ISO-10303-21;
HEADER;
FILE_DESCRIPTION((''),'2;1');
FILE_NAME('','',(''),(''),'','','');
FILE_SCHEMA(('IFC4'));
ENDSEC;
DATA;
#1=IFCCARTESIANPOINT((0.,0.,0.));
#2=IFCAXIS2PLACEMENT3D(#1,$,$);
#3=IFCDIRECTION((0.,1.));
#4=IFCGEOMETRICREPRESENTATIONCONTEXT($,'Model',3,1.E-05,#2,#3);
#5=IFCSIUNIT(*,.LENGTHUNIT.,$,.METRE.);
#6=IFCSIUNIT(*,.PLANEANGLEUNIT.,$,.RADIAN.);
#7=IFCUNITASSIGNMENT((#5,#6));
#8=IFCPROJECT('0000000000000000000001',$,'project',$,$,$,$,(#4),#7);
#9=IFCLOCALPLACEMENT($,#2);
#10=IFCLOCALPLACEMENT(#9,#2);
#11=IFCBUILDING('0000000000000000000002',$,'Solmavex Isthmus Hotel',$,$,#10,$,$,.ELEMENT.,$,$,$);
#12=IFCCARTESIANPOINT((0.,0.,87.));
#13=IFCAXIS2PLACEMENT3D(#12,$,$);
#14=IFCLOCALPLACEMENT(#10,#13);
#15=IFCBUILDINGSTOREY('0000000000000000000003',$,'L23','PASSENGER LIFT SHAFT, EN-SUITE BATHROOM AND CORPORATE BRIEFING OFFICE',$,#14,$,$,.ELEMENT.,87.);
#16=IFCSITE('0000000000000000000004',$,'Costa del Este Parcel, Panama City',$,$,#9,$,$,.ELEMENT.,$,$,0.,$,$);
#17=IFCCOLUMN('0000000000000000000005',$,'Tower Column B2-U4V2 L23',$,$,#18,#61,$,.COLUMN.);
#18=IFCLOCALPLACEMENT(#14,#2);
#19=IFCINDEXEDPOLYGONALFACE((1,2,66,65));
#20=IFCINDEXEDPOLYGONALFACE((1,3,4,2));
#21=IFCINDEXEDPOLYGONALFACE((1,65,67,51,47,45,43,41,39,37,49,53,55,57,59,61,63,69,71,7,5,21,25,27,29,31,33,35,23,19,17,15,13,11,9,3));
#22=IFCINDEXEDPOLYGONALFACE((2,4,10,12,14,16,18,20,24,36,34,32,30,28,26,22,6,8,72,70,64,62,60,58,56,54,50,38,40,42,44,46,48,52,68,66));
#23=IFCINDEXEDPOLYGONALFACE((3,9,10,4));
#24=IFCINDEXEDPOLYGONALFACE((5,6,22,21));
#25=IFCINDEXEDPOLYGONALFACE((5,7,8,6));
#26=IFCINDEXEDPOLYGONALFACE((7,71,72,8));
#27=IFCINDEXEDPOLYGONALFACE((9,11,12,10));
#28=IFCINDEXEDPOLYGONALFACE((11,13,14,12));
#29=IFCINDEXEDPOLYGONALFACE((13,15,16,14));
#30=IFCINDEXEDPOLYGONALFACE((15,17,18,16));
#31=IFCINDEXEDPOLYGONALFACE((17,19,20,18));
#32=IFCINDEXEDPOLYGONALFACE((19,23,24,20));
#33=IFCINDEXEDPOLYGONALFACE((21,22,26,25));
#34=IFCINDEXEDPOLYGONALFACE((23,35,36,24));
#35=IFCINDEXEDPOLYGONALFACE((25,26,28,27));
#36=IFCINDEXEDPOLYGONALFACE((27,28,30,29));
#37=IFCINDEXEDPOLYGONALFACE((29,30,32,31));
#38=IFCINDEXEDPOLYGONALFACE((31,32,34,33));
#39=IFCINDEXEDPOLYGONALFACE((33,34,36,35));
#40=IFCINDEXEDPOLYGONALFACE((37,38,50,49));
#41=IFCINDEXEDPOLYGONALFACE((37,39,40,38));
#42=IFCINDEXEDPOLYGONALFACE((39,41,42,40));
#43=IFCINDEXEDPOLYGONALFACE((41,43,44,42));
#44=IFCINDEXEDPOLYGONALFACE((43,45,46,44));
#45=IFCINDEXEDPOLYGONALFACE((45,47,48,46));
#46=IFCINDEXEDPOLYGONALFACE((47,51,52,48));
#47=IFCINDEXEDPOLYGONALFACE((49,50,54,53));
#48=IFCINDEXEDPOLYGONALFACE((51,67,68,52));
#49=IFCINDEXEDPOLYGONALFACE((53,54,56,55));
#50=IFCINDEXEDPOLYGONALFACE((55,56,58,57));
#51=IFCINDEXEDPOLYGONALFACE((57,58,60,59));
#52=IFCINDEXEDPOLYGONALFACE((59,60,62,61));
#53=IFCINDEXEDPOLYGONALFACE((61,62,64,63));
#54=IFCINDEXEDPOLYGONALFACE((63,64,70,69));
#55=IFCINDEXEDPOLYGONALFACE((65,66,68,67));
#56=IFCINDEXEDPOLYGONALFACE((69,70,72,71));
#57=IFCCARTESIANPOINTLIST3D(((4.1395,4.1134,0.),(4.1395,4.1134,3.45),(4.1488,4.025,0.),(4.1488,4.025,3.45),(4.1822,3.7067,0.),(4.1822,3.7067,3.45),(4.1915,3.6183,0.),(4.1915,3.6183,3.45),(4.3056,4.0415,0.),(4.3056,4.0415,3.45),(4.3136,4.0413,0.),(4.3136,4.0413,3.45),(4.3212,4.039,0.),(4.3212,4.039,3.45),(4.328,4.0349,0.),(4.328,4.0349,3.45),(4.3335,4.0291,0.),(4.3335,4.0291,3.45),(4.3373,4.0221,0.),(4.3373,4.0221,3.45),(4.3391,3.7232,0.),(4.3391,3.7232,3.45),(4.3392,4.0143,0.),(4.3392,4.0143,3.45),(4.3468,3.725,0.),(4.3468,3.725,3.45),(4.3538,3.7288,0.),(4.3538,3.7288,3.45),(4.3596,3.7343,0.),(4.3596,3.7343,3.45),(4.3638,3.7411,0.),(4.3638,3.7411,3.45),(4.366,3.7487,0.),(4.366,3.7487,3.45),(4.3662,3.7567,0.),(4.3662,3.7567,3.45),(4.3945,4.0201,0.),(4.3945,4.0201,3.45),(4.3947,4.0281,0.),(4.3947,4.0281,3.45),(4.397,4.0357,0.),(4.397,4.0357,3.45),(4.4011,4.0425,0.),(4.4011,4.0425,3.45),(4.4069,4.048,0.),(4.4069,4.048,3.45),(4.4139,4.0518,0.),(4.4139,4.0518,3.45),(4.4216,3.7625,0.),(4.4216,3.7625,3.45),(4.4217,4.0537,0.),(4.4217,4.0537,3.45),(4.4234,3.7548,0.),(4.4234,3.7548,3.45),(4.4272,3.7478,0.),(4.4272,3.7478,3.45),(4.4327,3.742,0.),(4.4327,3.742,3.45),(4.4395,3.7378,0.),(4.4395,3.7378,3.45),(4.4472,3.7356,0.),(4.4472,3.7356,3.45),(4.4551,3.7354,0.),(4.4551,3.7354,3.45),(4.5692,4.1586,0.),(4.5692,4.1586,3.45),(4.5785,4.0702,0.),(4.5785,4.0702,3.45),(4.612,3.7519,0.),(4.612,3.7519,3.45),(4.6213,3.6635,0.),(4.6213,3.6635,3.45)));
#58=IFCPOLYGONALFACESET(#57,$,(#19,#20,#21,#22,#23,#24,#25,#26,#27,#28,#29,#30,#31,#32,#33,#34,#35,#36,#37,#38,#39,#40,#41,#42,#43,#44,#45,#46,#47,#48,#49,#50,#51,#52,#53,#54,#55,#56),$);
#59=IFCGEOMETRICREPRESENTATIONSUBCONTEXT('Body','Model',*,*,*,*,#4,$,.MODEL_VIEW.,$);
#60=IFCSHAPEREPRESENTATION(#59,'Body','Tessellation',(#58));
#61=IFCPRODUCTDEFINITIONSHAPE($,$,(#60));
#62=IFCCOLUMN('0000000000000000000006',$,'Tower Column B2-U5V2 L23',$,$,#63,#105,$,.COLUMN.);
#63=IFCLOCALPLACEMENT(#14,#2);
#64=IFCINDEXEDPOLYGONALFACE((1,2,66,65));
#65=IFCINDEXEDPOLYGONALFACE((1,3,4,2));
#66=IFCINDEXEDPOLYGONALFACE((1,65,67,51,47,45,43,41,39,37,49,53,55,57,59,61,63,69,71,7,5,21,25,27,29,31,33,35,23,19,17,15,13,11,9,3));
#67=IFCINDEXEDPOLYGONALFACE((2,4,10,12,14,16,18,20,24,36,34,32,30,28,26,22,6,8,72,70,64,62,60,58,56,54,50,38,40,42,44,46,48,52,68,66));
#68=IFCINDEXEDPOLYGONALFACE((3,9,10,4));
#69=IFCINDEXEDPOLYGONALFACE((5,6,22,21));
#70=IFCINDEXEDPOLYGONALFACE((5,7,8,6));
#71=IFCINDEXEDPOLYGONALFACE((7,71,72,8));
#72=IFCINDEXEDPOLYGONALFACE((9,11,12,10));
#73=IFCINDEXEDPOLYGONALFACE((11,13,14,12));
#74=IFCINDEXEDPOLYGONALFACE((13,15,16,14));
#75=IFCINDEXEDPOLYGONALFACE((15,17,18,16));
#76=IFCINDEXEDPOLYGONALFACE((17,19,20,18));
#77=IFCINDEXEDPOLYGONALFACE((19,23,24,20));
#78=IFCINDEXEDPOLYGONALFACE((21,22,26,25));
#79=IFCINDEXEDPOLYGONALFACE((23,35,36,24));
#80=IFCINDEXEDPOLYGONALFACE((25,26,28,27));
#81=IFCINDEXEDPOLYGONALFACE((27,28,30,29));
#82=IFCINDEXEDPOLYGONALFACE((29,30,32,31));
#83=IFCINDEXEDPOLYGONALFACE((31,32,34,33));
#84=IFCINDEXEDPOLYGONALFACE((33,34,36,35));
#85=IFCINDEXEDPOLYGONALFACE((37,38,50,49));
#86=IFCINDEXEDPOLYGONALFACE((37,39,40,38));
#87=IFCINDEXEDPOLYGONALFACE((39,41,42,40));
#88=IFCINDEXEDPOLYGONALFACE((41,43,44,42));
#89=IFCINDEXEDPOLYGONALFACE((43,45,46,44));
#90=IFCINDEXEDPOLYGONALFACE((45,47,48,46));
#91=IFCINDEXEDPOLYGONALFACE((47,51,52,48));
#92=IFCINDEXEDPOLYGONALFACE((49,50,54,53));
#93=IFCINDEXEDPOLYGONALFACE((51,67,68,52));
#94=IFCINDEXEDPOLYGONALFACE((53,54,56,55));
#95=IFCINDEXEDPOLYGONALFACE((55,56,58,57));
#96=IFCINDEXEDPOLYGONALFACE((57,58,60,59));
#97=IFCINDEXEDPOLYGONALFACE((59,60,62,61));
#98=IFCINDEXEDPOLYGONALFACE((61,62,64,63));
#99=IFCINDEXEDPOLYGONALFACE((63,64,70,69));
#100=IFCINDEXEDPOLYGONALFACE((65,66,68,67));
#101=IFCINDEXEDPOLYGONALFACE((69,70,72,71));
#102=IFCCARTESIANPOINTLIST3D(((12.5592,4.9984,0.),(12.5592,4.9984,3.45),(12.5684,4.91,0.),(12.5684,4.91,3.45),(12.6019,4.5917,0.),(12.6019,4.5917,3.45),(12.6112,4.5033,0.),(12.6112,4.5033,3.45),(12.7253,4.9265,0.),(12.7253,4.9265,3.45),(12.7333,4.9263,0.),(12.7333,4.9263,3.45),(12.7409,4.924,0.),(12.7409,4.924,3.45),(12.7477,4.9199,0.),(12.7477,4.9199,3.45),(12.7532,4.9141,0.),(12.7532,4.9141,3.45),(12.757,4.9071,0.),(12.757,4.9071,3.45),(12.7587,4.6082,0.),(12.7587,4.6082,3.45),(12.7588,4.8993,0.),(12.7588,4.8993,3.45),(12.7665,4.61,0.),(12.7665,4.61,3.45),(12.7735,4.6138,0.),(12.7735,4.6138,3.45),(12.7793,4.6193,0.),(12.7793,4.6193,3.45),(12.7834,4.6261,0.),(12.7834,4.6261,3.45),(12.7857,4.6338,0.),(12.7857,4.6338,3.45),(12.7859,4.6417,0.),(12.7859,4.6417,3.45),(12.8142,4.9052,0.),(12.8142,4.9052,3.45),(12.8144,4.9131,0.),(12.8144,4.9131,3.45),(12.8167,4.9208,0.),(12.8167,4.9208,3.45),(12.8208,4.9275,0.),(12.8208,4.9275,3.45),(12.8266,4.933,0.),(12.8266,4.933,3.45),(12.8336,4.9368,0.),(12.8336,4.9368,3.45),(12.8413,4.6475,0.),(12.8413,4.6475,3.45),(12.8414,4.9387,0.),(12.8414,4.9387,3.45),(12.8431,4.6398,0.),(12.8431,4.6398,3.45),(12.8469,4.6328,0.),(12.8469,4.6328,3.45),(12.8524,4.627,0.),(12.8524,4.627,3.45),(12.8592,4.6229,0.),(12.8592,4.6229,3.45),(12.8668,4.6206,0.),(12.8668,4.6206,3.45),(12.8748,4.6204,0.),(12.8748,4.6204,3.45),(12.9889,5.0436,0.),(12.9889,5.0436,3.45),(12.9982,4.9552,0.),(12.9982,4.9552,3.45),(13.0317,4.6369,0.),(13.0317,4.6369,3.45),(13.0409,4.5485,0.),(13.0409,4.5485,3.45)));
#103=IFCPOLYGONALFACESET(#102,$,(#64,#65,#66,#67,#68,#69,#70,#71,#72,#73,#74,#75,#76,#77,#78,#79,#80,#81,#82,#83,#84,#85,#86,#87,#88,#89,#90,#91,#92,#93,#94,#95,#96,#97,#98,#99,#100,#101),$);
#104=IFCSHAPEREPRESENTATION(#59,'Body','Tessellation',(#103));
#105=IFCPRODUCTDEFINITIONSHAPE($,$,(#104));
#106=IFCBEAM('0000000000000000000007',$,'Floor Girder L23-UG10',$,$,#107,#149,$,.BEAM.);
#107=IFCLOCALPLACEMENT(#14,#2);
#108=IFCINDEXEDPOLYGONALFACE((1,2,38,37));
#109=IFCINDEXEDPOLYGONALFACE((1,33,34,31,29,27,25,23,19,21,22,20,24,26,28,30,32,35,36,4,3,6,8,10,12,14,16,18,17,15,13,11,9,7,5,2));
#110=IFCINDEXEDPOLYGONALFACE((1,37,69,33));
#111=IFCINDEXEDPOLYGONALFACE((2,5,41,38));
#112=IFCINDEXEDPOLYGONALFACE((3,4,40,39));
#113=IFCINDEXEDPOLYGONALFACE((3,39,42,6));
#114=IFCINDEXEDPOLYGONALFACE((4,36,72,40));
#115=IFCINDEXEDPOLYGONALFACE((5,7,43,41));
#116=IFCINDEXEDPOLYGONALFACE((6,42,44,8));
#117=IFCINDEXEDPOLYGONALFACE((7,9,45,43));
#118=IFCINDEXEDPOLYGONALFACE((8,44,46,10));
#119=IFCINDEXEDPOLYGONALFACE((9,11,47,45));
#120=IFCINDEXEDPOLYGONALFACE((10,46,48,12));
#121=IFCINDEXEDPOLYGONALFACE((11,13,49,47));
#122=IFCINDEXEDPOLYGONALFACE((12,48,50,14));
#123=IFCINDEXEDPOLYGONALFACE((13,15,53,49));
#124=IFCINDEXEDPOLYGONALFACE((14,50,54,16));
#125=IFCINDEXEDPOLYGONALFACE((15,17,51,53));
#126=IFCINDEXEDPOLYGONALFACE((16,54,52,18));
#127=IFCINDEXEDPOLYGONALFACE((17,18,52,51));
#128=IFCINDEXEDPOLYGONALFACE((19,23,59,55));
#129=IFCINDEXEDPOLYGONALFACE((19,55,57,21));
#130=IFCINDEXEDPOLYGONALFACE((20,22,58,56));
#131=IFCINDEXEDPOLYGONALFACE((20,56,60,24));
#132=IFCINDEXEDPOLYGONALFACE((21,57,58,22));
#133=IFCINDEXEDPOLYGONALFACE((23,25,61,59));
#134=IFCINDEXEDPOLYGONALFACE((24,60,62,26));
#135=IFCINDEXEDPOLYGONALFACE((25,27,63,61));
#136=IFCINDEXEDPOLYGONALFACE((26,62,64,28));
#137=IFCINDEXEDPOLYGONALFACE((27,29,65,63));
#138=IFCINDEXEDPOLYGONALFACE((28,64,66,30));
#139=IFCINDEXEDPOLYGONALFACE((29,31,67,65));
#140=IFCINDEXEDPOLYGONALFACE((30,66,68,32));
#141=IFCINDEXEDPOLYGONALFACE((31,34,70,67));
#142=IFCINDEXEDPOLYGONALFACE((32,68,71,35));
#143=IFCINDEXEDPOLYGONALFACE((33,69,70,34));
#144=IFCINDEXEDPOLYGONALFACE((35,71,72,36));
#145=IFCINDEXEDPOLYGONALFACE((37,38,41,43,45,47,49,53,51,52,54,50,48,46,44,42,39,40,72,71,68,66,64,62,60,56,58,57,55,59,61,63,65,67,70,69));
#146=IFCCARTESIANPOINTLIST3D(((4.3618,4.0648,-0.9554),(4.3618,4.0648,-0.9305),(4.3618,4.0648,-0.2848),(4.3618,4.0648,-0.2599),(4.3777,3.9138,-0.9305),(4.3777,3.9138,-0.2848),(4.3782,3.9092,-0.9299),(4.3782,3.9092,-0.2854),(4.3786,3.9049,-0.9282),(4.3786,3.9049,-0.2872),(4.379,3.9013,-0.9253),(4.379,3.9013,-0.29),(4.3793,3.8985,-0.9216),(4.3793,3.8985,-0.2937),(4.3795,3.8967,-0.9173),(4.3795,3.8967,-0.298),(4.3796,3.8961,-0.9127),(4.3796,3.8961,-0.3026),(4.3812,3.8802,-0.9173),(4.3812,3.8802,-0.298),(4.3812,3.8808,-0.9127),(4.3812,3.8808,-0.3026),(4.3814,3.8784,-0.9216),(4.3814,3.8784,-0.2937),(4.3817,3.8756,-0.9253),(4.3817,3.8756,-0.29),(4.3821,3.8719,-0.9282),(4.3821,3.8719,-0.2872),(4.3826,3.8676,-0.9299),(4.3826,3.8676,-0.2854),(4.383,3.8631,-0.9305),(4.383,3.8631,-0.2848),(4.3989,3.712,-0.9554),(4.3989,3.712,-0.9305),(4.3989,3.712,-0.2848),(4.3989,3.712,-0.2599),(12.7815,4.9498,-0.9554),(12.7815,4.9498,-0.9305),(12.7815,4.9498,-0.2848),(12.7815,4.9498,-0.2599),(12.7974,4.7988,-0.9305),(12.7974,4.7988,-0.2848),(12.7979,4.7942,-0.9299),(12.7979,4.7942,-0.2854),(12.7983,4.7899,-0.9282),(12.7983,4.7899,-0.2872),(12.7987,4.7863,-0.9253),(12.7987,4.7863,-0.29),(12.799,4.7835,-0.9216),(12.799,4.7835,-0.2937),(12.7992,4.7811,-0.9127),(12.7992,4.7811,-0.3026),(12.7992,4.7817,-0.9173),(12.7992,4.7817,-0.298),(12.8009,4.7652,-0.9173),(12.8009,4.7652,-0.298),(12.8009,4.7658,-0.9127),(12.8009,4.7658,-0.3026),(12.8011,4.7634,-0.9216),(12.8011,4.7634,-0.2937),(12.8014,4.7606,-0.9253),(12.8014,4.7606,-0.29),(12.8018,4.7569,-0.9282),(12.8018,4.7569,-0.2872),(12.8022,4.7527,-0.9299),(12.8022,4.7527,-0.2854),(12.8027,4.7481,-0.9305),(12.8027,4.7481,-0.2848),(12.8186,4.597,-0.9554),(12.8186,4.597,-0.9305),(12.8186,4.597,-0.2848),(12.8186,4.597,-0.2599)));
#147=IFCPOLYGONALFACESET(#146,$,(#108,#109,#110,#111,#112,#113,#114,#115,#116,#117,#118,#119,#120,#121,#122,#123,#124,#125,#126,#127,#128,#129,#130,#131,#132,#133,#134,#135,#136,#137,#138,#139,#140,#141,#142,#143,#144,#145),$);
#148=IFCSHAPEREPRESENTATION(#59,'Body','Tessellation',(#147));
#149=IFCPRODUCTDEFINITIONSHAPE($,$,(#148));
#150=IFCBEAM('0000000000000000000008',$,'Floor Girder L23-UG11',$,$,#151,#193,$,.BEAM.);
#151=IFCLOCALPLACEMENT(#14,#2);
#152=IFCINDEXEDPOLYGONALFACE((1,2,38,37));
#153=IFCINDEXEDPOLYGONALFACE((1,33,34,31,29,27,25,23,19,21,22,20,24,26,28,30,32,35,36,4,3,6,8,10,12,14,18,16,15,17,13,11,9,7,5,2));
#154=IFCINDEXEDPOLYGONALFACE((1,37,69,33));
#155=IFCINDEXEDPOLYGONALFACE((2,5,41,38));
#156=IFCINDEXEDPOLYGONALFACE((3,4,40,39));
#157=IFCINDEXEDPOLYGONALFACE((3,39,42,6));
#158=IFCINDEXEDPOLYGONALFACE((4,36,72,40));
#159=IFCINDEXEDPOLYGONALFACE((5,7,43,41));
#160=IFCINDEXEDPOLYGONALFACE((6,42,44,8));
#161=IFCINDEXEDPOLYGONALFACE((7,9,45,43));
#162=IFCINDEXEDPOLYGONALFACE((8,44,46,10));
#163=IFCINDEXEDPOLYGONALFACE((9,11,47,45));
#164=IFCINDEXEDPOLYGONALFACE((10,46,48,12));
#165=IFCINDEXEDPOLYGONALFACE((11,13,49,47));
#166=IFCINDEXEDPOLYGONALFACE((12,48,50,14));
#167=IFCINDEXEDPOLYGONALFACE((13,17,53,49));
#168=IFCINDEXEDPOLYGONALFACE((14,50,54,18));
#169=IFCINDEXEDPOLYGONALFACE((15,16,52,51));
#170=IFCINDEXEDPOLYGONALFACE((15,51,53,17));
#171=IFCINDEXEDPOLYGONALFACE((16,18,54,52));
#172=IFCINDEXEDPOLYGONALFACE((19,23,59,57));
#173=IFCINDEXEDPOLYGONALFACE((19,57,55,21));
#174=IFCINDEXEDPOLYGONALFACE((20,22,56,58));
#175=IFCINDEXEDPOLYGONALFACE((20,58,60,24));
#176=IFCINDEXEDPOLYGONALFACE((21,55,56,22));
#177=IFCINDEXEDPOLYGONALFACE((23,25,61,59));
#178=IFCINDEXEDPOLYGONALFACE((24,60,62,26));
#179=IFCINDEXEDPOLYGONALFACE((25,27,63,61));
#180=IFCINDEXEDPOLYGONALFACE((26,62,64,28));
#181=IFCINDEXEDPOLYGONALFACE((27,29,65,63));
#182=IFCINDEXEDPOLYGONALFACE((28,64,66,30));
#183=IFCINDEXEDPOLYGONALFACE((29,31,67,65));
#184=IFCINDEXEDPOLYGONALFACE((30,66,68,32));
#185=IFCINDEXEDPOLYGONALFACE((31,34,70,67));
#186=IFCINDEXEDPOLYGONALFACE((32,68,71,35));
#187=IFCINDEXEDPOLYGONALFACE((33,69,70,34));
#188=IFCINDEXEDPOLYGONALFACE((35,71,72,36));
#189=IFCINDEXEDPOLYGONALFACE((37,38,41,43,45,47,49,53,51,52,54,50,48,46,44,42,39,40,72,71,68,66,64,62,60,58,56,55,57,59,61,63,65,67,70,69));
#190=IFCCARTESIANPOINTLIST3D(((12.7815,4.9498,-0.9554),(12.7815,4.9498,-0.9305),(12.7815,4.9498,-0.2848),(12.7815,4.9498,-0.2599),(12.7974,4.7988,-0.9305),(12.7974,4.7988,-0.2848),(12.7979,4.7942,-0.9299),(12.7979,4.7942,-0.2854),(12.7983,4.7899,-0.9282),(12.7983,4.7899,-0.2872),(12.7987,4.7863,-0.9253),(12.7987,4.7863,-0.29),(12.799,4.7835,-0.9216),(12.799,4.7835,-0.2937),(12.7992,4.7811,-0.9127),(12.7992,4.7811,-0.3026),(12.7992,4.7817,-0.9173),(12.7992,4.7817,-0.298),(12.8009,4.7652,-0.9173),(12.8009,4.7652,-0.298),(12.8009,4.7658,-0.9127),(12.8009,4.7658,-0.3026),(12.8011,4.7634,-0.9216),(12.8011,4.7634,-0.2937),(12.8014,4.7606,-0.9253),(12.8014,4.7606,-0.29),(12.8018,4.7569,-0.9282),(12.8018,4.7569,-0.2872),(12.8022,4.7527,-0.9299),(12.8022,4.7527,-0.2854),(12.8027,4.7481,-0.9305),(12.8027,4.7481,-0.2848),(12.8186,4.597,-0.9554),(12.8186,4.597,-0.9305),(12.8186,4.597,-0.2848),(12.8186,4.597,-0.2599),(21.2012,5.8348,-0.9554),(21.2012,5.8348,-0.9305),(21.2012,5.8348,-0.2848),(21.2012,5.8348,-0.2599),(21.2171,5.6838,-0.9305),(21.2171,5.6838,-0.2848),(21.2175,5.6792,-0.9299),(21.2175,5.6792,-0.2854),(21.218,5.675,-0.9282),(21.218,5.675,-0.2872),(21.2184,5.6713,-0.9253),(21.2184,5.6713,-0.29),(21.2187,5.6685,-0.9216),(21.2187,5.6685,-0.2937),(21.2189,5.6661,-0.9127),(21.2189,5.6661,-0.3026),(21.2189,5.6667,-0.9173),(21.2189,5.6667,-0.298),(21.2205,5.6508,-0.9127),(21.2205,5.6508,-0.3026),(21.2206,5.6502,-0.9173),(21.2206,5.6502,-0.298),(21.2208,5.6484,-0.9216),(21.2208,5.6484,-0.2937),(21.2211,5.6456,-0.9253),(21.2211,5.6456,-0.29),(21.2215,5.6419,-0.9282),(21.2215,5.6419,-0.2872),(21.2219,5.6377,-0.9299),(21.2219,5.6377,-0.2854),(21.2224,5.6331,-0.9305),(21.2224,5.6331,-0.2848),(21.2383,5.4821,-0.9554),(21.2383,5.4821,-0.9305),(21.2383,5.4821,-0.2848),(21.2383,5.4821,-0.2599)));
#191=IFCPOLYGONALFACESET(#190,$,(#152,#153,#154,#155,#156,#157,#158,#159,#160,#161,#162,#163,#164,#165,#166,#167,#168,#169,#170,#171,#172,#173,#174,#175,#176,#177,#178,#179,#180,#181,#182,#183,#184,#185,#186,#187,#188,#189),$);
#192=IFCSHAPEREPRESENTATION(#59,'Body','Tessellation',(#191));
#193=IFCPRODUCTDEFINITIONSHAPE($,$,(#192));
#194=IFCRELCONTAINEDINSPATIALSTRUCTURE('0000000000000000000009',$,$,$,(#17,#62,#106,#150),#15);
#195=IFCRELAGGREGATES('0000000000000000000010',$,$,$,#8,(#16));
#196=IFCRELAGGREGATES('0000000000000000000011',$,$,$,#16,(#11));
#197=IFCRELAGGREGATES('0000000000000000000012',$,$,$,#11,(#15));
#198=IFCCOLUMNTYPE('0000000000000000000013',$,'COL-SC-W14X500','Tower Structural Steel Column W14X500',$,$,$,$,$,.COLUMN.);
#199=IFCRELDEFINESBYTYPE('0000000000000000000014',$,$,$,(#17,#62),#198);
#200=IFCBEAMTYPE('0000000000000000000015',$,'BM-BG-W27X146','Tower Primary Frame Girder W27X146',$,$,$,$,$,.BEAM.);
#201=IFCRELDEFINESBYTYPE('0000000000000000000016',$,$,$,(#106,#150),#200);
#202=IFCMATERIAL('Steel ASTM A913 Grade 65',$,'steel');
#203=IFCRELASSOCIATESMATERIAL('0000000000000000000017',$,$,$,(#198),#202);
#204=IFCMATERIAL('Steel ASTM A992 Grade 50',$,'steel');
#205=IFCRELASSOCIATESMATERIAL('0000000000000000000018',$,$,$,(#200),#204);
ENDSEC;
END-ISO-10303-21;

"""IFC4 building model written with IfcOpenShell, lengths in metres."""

from ifc_helpers import new_model, si_unit, direction, frame, origin, origin_2d, place, context, subcontext, project, spatial, i_section, extrude, material, material_profile, profile_set, type_object, element, save


model = new_model("IFC4")

# Units and contexts
model_context = context("Model", 3, precision=1e-05, world=origin(), true_north=direction((0.0, 1.0)))
body_context = subcontext(model_context, "Body", "Model", "MODEL_VIEW")
ifc_project = project(units=[si_unit("LENGTHUNIT", "METRE"), si_unit("PLANEANGLEUNIT", "RADIAN")], contexts=[model_context])

# Site, building, storey
site_placement = place(None, origin())
site = spatial("IfcSite", under=ifc_project, at=site_placement, Name="Costa del Este Parcel, Panama City", CompositionType="ELEMENT", RefElevation=0.0)
building_placement = place(site_placement, origin())
building = spatial("IfcBuilding", under=site, at=building_placement, Name="Solmavex Isthmus Hotel", CompositionType="ELEMENT")
storey_placement = place(building_placement, frame((0.0, 0.0, 87.0)))
storey = spatial("IfcBuildingStorey", under=building, at=storey_placement, Name="L23", Description="PASSENGER LIFT SHAFT, EN-SUITE BATHROOM AND CORPORATE BRIEFING OFFICE", CompositionType="ELEMENT", Elevation=87.0)

# Columns
ifc_material_1 = material(Name="Steel ASTM A913 Grade 65", Category="steel")
ifc_material_profile_1 = material_profile(ifc_material_1, i_section(OverallWidth=0.4321, OverallDepth=0.4978, WebThickness=0.0557, FlangeThickness=0.0889, FilletRadius=0.0305, at=origin_2d()), Name="W14X500")
ifc_profile_set_1 = profile_set([ifc_material_profile_1], Name="Steel ASTM A913 Grade 65")
column_type = type_object("IfcColumnType", Name="COL-SC-W14X500", Description="Tower Structural Steel Column W14X500", PredefinedType="COLUMN", material=ifc_profile_set_1)
for number, where, z_axis, x_axis, name in (
    (1, (4.3804, 3.8884, 0.0), (0.0, 0.0, 1.0), (0.994522, 0.104528, 0.0), "Tower Column B2-U4V2 L23"),
    (2, (12.8, 4.7734, 0.0), (0.0, 0.0, 1.0), (0.994522, 0.104528, 0.0), "Tower Column B2-U5V2 L23"),
):
    element("IfcColumn", number, at=place(storey_placement, frame(where, z_axis=z_axis, x_axis=x_axis)), inside=storey, type_object=column_type, Name=name, PredefinedType="COLUMN", context=body_context, shape_type="SweptSolid", body=[
        extrude(i_section(OverallWidth=0.4321, OverallDepth=0.4978, WebThickness=0.0557, FlangeThickness=0.0889, FilletRadius=0.0305, at=origin_2d()), origin(), (0.0, 0.0, 1.0), 3.45),
    ])

# Beams
ifc_material_2 = material(Name="Steel ASTM A992 Grade 50", Category="steel")
ifc_material_profile_2 = material_profile(ifc_material_2, i_section(OverallWidth=0.3547, OverallDepth=0.6956, WebThickness=0.0154, FlangeThickness=0.0249, FilletRadius=0.0178, at=origin_2d()), Name="W27X146")
ifc_profile_set_2 = profile_set([ifc_material_profile_2], Name="Steel ASTM A992 Grade 50")
beam_type_1 = type_object("IfcBeamType", Name="BM-BG-W27X146", Description="Tower Primary Frame Girder W27X146", PredefinedType="BEAM", material=ifc_profile_set_2)
for number, where, z_axis, x_axis, name in (
    (3, (4.3804, 3.8884, -0.6077), (0.994521, 0.104536, 0.0), (-0.104536, 0.994521, 0.0), "Floor Girder L23-UG10"),
    (4, (12.8, 4.7734, -0.6077), (0.994521, 0.104536, 0.0), (-0.104536, 0.994521, 0.0), "Floor Girder L23-UG11"),
):
    element("IfcBeam", number, at=place(storey_placement, frame(where, z_axis=z_axis, x_axis=x_axis)), inside=storey, type_object=beam_type_1, Name=name, PredefinedType="BEAM", context=body_context, shape_type="SweptSolid", body=[
        extrude(i_section(OverallWidth=0.3547, OverallDepth=0.6956, WebThickness=0.0154, FlangeThickness=0.0249, FilletRadius=0.0178, at=origin_2d()), origin(), (0.0, 0.0, 1.0), 8.4661),
    ])

save(model, "model.ifc")
